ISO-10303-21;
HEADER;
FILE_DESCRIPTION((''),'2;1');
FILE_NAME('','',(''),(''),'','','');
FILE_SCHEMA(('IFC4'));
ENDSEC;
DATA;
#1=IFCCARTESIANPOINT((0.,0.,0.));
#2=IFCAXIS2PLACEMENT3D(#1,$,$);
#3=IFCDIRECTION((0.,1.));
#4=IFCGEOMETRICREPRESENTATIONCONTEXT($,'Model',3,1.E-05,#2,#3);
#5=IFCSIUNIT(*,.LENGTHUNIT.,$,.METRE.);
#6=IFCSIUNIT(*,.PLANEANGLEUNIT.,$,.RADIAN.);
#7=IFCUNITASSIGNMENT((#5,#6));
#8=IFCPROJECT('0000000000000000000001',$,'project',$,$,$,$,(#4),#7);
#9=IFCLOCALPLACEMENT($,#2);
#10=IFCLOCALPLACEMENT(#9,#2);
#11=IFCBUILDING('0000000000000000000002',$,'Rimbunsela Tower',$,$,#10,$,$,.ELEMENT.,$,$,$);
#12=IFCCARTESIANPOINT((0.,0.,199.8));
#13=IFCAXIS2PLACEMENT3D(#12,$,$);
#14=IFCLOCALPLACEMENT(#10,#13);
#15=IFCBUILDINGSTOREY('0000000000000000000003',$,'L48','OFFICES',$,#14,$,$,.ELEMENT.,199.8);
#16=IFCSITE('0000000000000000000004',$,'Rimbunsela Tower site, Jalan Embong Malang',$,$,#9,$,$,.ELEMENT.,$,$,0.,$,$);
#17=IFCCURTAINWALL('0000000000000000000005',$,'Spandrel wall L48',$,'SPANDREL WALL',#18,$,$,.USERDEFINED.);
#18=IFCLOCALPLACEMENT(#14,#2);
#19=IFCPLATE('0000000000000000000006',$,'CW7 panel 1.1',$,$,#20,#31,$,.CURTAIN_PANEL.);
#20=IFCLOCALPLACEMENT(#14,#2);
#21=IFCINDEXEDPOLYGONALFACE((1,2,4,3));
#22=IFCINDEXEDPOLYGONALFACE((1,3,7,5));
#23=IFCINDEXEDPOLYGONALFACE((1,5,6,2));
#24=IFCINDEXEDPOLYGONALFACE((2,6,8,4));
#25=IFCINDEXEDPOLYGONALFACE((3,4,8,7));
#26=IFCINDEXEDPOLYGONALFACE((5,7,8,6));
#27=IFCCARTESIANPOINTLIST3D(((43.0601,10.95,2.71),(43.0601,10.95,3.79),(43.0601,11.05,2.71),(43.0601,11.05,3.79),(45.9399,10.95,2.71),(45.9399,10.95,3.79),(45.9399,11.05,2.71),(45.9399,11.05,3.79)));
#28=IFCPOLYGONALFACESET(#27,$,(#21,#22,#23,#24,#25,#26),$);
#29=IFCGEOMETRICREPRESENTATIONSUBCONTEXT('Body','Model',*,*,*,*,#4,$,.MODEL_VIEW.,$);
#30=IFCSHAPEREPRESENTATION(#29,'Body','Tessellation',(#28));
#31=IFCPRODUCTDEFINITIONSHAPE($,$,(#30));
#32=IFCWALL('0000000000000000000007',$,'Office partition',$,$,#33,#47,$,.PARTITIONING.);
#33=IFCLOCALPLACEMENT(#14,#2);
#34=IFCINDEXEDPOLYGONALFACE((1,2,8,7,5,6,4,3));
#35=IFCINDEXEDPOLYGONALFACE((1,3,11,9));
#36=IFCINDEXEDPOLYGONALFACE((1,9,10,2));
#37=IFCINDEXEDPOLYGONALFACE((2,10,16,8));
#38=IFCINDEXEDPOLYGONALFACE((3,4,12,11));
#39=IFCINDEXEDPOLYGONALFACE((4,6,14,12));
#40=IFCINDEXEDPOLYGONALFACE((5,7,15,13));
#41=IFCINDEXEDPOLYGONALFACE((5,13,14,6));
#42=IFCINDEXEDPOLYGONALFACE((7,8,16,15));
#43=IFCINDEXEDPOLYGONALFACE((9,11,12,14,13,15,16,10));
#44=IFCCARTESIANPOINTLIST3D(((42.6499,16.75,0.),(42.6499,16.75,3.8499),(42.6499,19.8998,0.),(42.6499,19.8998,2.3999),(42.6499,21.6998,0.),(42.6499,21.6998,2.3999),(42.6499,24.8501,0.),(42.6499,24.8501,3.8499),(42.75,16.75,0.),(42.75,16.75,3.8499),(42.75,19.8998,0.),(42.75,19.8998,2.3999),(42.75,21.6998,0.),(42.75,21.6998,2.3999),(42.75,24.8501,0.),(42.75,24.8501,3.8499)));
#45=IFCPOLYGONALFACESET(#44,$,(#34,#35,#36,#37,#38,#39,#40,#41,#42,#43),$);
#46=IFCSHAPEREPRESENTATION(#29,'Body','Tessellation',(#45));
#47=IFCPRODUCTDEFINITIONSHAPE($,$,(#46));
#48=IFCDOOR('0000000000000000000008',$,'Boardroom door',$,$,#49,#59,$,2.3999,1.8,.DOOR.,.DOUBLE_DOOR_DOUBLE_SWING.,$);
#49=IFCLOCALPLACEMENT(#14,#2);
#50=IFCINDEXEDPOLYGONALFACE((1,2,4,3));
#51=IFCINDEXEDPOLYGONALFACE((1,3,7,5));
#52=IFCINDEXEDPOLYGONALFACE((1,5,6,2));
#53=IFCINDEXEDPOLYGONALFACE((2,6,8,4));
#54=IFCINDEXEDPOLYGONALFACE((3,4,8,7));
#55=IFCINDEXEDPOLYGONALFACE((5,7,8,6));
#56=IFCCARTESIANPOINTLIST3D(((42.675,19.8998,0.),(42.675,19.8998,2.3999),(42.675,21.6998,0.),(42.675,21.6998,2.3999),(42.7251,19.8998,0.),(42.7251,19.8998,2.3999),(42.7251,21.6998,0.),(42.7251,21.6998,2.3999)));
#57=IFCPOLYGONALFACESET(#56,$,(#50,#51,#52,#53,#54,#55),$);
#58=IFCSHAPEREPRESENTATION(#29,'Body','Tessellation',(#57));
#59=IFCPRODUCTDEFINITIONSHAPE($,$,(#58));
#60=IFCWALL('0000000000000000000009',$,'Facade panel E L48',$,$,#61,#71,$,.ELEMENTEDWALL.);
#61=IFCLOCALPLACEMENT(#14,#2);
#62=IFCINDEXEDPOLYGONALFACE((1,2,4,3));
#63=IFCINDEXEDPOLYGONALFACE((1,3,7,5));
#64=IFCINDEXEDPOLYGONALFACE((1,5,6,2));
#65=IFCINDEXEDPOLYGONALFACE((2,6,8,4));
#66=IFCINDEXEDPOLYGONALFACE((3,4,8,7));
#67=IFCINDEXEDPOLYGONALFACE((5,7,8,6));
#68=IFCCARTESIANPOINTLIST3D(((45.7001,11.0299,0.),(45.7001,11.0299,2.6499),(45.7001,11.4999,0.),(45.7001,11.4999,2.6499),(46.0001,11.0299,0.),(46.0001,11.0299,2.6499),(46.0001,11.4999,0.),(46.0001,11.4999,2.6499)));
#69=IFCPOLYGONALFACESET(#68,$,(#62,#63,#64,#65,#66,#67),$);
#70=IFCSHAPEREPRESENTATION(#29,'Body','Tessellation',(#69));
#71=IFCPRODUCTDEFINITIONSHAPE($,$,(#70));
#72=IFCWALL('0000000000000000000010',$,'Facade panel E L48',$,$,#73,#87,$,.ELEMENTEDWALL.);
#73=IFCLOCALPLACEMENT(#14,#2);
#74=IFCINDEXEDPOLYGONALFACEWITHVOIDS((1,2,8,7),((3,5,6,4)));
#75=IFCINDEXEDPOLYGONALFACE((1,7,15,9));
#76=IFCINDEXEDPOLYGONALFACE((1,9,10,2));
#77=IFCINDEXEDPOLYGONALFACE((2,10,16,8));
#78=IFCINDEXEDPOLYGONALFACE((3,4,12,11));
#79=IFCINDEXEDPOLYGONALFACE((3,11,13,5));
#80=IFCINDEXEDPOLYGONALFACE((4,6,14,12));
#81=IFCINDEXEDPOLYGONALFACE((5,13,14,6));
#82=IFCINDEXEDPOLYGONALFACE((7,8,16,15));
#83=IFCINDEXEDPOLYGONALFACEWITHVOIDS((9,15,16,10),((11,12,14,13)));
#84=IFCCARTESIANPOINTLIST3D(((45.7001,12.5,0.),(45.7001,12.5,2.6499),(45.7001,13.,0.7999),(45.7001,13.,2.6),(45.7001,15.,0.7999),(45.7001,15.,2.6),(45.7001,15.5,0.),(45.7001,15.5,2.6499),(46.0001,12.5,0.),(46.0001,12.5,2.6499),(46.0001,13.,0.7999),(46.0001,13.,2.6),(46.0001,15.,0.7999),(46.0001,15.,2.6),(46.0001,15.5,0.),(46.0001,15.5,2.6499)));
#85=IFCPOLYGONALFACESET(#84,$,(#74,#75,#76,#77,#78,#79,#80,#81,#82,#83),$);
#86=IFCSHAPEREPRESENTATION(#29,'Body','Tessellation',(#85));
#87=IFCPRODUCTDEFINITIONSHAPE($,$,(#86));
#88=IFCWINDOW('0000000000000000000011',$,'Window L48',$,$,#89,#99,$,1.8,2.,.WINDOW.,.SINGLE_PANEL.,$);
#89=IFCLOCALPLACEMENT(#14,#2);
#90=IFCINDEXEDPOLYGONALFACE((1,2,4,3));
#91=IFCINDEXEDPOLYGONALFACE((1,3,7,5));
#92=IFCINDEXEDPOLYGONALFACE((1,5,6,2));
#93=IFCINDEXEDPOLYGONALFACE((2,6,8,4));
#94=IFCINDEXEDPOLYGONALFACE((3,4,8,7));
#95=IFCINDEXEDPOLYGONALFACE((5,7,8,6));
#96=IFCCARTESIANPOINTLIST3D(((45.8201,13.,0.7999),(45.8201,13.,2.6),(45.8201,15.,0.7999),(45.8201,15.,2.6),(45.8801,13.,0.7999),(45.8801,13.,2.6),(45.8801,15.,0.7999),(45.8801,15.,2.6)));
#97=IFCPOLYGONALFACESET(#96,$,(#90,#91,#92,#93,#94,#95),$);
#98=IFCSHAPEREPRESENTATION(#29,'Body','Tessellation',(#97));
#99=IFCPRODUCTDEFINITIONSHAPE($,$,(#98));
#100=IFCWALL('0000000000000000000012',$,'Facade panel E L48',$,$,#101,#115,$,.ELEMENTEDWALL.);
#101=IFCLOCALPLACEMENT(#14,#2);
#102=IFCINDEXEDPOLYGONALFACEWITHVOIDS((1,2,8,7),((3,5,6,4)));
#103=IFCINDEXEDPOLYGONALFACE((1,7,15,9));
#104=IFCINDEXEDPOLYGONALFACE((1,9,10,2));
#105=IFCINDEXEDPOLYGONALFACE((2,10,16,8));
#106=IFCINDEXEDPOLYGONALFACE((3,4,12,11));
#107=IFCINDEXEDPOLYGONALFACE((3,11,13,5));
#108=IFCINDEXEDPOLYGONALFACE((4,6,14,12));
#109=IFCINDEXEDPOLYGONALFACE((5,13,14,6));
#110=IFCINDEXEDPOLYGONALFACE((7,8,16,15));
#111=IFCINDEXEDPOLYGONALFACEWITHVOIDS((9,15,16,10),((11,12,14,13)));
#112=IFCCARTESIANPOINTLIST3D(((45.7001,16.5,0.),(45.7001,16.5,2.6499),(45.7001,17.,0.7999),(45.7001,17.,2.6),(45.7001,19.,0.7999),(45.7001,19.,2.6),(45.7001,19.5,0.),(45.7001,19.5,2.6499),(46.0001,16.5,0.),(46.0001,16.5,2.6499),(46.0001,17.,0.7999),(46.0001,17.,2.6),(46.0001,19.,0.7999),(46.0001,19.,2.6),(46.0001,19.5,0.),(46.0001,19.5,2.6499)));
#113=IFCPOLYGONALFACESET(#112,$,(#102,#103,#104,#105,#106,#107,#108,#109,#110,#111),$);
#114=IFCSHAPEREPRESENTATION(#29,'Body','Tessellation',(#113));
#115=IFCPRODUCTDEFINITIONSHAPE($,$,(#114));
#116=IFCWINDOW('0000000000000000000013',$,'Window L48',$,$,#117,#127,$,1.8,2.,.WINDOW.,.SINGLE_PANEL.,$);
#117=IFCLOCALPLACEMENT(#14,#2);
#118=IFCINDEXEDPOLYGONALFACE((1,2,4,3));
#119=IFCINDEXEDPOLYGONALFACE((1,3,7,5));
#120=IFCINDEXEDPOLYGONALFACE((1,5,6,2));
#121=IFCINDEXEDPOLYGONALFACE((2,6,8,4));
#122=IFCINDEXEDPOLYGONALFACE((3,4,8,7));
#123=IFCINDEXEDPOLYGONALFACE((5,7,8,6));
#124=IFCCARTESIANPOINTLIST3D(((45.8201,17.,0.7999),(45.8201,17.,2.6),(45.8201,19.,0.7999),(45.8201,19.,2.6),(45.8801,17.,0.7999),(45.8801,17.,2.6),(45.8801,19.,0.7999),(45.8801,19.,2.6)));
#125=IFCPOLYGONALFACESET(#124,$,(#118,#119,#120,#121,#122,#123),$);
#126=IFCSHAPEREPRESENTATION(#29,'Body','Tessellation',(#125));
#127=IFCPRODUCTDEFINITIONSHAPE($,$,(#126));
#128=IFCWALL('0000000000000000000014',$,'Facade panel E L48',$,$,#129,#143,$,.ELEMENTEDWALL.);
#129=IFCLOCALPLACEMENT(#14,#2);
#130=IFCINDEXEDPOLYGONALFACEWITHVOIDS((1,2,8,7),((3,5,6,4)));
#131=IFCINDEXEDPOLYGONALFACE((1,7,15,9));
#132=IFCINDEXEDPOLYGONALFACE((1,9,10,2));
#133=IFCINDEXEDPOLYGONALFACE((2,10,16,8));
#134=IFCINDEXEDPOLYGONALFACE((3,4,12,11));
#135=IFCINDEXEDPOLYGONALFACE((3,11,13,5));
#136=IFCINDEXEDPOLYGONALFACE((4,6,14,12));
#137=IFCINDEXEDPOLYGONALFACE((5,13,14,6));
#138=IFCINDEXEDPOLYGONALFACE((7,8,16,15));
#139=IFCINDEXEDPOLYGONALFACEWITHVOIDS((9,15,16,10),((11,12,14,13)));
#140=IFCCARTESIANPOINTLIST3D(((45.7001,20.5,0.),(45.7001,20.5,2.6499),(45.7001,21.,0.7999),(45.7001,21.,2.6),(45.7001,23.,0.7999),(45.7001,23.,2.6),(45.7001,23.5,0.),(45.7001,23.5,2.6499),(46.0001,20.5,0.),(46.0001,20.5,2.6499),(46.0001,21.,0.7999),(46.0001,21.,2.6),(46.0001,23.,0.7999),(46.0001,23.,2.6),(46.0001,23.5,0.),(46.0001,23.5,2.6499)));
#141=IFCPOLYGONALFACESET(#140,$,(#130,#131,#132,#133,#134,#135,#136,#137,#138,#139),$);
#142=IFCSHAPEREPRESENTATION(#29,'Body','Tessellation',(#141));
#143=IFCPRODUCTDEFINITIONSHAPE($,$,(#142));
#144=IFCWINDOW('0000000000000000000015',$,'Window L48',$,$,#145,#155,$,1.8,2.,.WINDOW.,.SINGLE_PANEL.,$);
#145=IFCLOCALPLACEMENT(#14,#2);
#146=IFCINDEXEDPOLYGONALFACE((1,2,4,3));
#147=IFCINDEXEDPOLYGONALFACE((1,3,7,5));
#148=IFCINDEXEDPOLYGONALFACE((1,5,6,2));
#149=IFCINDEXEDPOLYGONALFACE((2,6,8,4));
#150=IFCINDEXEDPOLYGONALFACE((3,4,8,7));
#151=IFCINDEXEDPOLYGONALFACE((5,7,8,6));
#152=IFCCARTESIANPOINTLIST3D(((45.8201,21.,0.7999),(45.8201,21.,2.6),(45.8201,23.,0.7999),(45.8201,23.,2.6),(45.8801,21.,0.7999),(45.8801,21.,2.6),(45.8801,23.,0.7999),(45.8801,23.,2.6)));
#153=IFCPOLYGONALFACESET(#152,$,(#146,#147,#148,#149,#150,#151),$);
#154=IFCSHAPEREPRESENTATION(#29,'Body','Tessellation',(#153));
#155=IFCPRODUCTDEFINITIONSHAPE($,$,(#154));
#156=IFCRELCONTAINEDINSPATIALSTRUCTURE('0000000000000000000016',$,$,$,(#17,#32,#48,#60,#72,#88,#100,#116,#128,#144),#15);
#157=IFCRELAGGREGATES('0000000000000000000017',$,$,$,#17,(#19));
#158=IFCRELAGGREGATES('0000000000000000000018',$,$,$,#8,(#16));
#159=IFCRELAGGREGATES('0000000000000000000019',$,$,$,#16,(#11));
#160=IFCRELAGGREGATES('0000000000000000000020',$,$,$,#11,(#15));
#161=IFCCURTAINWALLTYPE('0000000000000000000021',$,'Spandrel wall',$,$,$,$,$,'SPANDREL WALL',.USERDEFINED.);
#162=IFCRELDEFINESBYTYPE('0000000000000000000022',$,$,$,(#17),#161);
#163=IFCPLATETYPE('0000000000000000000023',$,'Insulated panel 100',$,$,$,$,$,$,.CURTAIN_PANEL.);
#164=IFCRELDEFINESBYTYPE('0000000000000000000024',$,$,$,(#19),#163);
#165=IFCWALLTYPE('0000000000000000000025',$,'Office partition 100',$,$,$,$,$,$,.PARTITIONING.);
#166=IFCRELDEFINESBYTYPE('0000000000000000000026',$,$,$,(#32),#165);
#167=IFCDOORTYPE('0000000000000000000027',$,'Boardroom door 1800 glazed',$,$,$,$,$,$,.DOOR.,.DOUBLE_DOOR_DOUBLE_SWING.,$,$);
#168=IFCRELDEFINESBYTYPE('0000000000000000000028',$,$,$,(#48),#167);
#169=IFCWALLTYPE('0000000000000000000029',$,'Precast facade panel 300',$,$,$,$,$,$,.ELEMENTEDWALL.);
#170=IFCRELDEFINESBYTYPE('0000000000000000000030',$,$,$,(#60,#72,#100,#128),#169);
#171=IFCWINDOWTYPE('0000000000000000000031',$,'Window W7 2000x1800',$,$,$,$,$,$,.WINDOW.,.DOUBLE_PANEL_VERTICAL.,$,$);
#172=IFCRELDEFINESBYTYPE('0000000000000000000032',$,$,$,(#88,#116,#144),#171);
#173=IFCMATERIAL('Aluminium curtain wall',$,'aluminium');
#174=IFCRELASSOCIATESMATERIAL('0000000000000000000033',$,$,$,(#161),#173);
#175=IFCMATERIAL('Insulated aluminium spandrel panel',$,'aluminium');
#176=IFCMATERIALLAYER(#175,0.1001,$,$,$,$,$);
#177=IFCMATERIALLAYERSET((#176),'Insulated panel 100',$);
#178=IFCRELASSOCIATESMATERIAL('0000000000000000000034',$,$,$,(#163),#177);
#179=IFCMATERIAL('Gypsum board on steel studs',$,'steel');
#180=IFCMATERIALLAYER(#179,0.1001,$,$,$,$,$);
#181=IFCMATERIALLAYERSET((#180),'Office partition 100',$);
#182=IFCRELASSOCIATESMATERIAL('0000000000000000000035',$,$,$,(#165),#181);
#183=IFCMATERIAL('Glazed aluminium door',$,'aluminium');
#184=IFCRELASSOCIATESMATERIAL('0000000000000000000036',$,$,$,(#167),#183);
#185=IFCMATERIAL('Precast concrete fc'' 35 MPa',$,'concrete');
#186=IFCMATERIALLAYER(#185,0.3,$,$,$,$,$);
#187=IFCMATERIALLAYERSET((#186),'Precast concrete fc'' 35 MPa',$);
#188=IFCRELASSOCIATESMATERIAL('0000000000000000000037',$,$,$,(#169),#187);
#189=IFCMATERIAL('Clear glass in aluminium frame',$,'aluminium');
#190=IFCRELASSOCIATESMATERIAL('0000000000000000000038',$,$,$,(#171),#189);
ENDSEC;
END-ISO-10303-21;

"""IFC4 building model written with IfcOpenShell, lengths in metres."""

from ifc_helpers import new_model, si_unit, direction, frame, frame_2d, origin, origin_2d, place, context, subcontext, project, spatial, rectangle, extrude, material, layer, layer_set, type_object, element, fill, aggregate, save


model = new_model("IFC4")

# Units and contexts
model_context = context("Model", 3, precision=1e-05, world=origin(), true_north=direction((0.0, 1.0)))
body_context = subcontext(model_context, "Body", "Model", "MODEL_VIEW")
ifc_project = project(units=[si_unit("LENGTHUNIT", "METRE"), si_unit("PLANEANGLEUNIT", "RADIAN")], contexts=[model_context])

# Site, building, storey
site_placement = place(None, origin())
site = spatial("IfcSite", under=ifc_project, at=site_placement, Name="Rimbunsela Tower site, Jalan Embong Malang", CompositionType="ELEMENT", RefElevation=0.0)
building_placement = place(site_placement, origin())
building = spatial("IfcBuilding", under=site, at=building_placement, Name="Rimbunsela Tower", CompositionType="ELEMENT")
storey_placement = place(building_placement, frame((0.0, 0.0, 199.8)))
storey = spatial("IfcBuildingStorey", under=building, at=storey_placement, Name="L48", Description="OFFICES", CompositionType="ELEMENT", Elevation=199.8)

# Curtain wall
ifc_material_1 = material(Name="Aluminium curtain wall", Category="aluminium")
curtain_wall_type_1 = type_object("IfcCurtainWallType", Name="Spandrel wall", ElementType="SPANDREL WALL", PredefinedType="USERDEFINED", material=ifc_material_1)
curtain_wall_1_placement = place(storey_placement, origin())
curtain_wall_1 = element("IfcCurtainWall", 1, at=curtain_wall_1_placement, inside=storey, type_object=curtain_wall_type_1, Name="Spandrel wall L48", ObjectType="SPANDREL WALL", PredefinedType="USERDEFINED")

# Plate
ifc_material_2 = material(Name="Insulated aluminium spandrel panel", Category="aluminium")
ifc_layer_1 = layer(ifc_material_2, 0.1001)
ifc_layer_set_1 = layer_set([ifc_layer_1], Name="Insulated panel 100")
plate_type_1 = type_object("IfcPlateType", Name="Insulated panel 100", PredefinedType="CURTAIN_PANEL", material=ifc_layer_set_1)
plate_1_placement = place(storey_placement, frame((44.5, 11.0, 2.71), z_axis=(0.0, 0.0, 1.0), x_axis=(1.0, 0.0, 0.0)))
plate_1 = element("IfcPlate", 2, at=plate_1_placement, type_object=plate_type_1, Name="CW7 panel 1.1", PredefinedType="CURTAIN_PANEL", context=body_context, shape_type="SweptSolid", body=[
    extrude(rectangle(XDim=2.8799, YDim=0.1001, at=origin_2d()), origin(), (0.0, 0.0, 1.0), 1.0801),
])
aggregate(curtain_wall_1, [plate_1])

# Wall, opening, door
ifc_material_3 = material(Name="Gypsum board on steel studs", Category="steel")
ifc_layer_2 = layer(ifc_material_3, 0.1001)
ifc_layer_set_2 = layer_set([ifc_layer_2], Name="Office partition 100")
wall_type_1 = type_object("IfcWallType", Name="Office partition 100", PredefinedType="PARTITIONING", material=ifc_layer_set_2)
wall_1_placement = place(storey_placement, frame((42.7, 16.75, 0.0), z_axis=(0.0, 0.0, 1.0), x_axis=(0.0, 1.0, 0.0)))
wall_1 = element("IfcWall", 3, at=wall_1_placement, inside=storey, type_object=wall_type_1, Name="Office partition", PredefinedType="PARTITIONING", context=body_context, shape_type="SweptSolid", body=[
    extrude(rectangle(XDim=8.1001, YDim=0.1001, at=frame_2d((4.05, 0.0))), origin(), (0.0, 0.0, 1.0), 3.8499),
])
opening_1_placement = place(wall_1_placement, frame((3.1499, 0.0, 0.0)))
opening_1 = element("IfcOpeningElement", 4, at=opening_1_placement, cuts=wall_1, PredefinedType="OPENING", context=body_context, shape_type="SweptSolid", body=[
    extrude(rectangle(XDim=1.8, YDim=2.3999, at=frame_2d((0.8999, 1.2))), frame((0.0, 0.0601, 0.0), z_axis=(0.0, -1.0, 0.0), x_axis=(1.0, 0.0, 0.0)), (0.0, 0.0, 1.0), 0.1201),
])
ifc_material_4 = material(Name="Glazed aluminium door", Category="aluminium")
door_type = type_object("IfcDoorType", Name="Boardroom door 1800 glazed", OperationType="DOUBLE_DOOR_DOUBLE_SWING", PredefinedType="DOOR", material=ifc_material_4)
door_placement = place(opening_1_placement, origin())
door = element("IfcDoor", 5, at=door_placement, inside=storey, type_object=door_type, Name="Boardroom door", OperationType="DOUBLE_DOOR_DOUBLE_SWING", OverallHeight=2.3999, OverallWidth=1.8, PredefinedType="DOOR", context=body_context, shape_type="SweptSolid", body=[
    extrude(rectangle(XDim=1.8, YDim=2.3999, at=frame_2d((0.8999, 1.2))), frame((0.0, 0.0249, 0.0), z_axis=(0.0, -1.0, 0.0), x_axis=(1.0, 0.0, 0.0)), (0.0, 0.0, 1.0), 0.05),
])
fill(opening_1, door)

# Wall
ifc_material_5 = material(Name="Precast concrete fc' 35 MPa", Category="concrete")
ifc_layer_3 = layer(ifc_material_5, 0.3)
ifc_layer_set_3 = layer_set([ifc_layer_3], Name="Precast concrete fc' 35 MPa")
wall_type_2 = type_object("IfcWallType", Name="Precast facade panel 300", PredefinedType="ELEMENTEDWALL", material=ifc_layer_set_3)
wall_2_placement = place(storey_placement, frame((45.8501, 11.03, 0.0), z_axis=(0.0, 0.0, 1.0), x_axis=(0.0, 1.0, 0.0)))
element("IfcWall", 6, at=wall_2_placement, inside=storey, type_object=wall_type_2, Name="Facade panel E L48", PredefinedType="ELEMENTEDWALL", context=body_context, shape_type="SweptSolid", body=[
    extrude(rectangle(XDim=0.47, YDim=0.3, at=frame_2d((0.2349, 0.0))), origin(), (0.0, 0.0, 1.0), 2.6499),
])

# Walls, openings, windows
wall_3_placement = place(storey_placement, frame((45.8501, 12.5, 0.0), z_axis=(0.0, 0.0, 1.0), x_axis=(0.0, 1.0, 0.0)))
wall_3 = element("IfcWall", 7, at=wall_3_placement, inside=storey, type_object=wall_type_2, Name="Facade panel E L48", PredefinedType="ELEMENTEDWALL", context=body_context, shape_type="SweptSolid", body=[
    extrude(rectangle(XDim=3.0, YDim=0.3, at=frame_2d((1.5, 0.0))), origin(), (0.0, 0.0, 1.0), 2.6499),
])
opening_2_placement = place(wall_3_placement, frame((0.5, 0.0, 0.8)))
opening_2 = element("IfcOpeningElement", 8, at=opening_2_placement, cuts=wall_3, PredefinedType="OPENING", context=body_context, shape_type="SweptSolid", body=[
    extrude(rectangle(XDim=2.0, YDim=1.8, at=frame_2d((1.0, 0.8999))), frame((0.0, 0.1599, 0.0), z_axis=(0.0, -1.0, 0.0), x_axis=(1.0, 0.0, 0.0)), (0.0, 0.0, 1.0), 0.3201),
])
ifc_material_6 = material(Name="Clear glass in aluminium frame", Category="aluminium")
window_type = type_object("IfcWindowType", Name="Window W7 2000x1800", PartitioningType="DOUBLE_PANEL_VERTICAL", PredefinedType="WINDOW", material=ifc_material_6)
window_1_placement = place(opening_2_placement, origin())
window_1 = element("IfcWindow", 9, at=window_1_placement, inside=storey, type_object=window_type, Name="Window L48", OverallHeight=1.8, OverallWidth=2.0, PartitioningType="SINGLE_PANEL", PredefinedType="WINDOW", context=body_context, shape_type="SweptSolid", body=[
    extrude(rectangle(XDim=2.0, YDim=1.8, at=frame_2d((1.0, 0.8999))), frame((0.0, 0.03, 0.0), z_axis=(0.0, -1.0, 0.0), x_axis=(1.0, 0.0, 0.0)), (0.0, 0.0, 1.0), 0.0601),
])
fill(opening_2, window_1)
wall_4_placement = place(storey_placement, frame((45.8501, 16.5, 0.0), z_axis=(0.0, 0.0, 1.0), x_axis=(0.0, 1.0, 0.0)))
wall_4 = element("IfcWall", 10, at=wall_4_placement, inside=storey, type_object=wall_type_2, Name="Facade panel E L48", PredefinedType="ELEMENTEDWALL", context=body_context, shape_type="SweptSolid", body=[
    extrude(rectangle(XDim=3.0, YDim=0.3, at=frame_2d((1.5, 0.0))), origin(), (0.0, 0.0, 1.0), 2.6499),
])
opening_3_placement = place(wall_4_placement, frame((0.5, 0.0, 0.8)))
opening_3 = element("IfcOpeningElement", 11, at=opening_3_placement, cuts=wall_4, PredefinedType="OPENING", context=body_context, shape_type="SweptSolid", body=[
    extrude(rectangle(XDim=2.0, YDim=1.8, at=frame_2d((1.0, 0.8999))), frame((0.0, 0.1599, 0.0), z_axis=(0.0, -1.0, 0.0), x_axis=(1.0, 0.0, 0.0)), (0.0, 0.0, 1.0), 0.3201),
])
window_2_placement = place(opening_3_placement, origin())
window_2 = element("IfcWindow", 12, at=window_2_placement, inside=storey, type_object=window_type, Name="Window L48", OverallHeight=1.8, OverallWidth=2.0, PartitioningType="SINGLE_PANEL", PredefinedType="WINDOW", context=body_context, shape_type="SweptSolid", body=[
    extrude(rectangle(XDim=2.0, YDim=1.8, at=frame_2d((1.0, 0.8999))), frame((0.0, 0.03, 0.0), z_axis=(0.0, -1.0, 0.0), x_axis=(1.0, 0.0, 0.0)), (0.0, 0.0, 1.0), 0.0601),
])
fill(opening_3, window_2)
wall_5_placement = place(storey_placement, frame((45.8501, 20.5, 0.0), z_axis=(0.0, 0.0, 1.0), x_axis=(0.0, 1.0, 0.0)))
wall_5 = element("IfcWall", 13, at=wall_5_placement, inside=storey, type_object=wall_type_2, Name="Facade panel E L48", PredefinedType="ELEMENTEDWALL", context=body_context, shape_type="SweptSolid", body=[
    extrude(rectangle(XDim=3.0, YDim=0.3, at=frame_2d((1.5, 0.0))), origin(), (0.0, 0.0, 1.0), 2.6499),
])
opening_4_placement = place(wall_5_placement, frame((0.5, 0.0, 0.8)))
opening_4 = element("IfcOpeningElement", 14, at=opening_4_placement, cuts=wall_5, PredefinedType="OPENING", context=body_context, shape_type="SweptSolid", body=[
    extrude(rectangle(XDim=2.0, YDim=1.8, at=frame_2d((1.0, 0.8999))), frame((0.0, 0.1599, 0.0), z_axis=(0.0, -1.0, 0.0), x_axis=(1.0, 0.0, 0.0)), (0.0, 0.0, 1.0), 0.3201),
])
window_3_placement = place(opening_4_placement, origin())
window_3 = element("IfcWindow", 15, at=window_3_placement, inside=storey, type_object=window_type, Name="Window L48", OverallHeight=1.8, OverallWidth=2.0, PartitioningType="SINGLE_PANEL", PredefinedType="WINDOW", context=body_context, shape_type="SweptSolid", body=[
    extrude(rectangle(XDim=2.0, YDim=1.8, at=frame_2d((1.0, 0.8999))), frame((0.0, 0.03, 0.0), z_axis=(0.0, -1.0, 0.0), x_axis=(1.0, 0.0, 0.0)), (0.0, 0.0, 1.0), 0.0601),
])
fill(opening_4, window_3)

save(model, "model.ifc")
